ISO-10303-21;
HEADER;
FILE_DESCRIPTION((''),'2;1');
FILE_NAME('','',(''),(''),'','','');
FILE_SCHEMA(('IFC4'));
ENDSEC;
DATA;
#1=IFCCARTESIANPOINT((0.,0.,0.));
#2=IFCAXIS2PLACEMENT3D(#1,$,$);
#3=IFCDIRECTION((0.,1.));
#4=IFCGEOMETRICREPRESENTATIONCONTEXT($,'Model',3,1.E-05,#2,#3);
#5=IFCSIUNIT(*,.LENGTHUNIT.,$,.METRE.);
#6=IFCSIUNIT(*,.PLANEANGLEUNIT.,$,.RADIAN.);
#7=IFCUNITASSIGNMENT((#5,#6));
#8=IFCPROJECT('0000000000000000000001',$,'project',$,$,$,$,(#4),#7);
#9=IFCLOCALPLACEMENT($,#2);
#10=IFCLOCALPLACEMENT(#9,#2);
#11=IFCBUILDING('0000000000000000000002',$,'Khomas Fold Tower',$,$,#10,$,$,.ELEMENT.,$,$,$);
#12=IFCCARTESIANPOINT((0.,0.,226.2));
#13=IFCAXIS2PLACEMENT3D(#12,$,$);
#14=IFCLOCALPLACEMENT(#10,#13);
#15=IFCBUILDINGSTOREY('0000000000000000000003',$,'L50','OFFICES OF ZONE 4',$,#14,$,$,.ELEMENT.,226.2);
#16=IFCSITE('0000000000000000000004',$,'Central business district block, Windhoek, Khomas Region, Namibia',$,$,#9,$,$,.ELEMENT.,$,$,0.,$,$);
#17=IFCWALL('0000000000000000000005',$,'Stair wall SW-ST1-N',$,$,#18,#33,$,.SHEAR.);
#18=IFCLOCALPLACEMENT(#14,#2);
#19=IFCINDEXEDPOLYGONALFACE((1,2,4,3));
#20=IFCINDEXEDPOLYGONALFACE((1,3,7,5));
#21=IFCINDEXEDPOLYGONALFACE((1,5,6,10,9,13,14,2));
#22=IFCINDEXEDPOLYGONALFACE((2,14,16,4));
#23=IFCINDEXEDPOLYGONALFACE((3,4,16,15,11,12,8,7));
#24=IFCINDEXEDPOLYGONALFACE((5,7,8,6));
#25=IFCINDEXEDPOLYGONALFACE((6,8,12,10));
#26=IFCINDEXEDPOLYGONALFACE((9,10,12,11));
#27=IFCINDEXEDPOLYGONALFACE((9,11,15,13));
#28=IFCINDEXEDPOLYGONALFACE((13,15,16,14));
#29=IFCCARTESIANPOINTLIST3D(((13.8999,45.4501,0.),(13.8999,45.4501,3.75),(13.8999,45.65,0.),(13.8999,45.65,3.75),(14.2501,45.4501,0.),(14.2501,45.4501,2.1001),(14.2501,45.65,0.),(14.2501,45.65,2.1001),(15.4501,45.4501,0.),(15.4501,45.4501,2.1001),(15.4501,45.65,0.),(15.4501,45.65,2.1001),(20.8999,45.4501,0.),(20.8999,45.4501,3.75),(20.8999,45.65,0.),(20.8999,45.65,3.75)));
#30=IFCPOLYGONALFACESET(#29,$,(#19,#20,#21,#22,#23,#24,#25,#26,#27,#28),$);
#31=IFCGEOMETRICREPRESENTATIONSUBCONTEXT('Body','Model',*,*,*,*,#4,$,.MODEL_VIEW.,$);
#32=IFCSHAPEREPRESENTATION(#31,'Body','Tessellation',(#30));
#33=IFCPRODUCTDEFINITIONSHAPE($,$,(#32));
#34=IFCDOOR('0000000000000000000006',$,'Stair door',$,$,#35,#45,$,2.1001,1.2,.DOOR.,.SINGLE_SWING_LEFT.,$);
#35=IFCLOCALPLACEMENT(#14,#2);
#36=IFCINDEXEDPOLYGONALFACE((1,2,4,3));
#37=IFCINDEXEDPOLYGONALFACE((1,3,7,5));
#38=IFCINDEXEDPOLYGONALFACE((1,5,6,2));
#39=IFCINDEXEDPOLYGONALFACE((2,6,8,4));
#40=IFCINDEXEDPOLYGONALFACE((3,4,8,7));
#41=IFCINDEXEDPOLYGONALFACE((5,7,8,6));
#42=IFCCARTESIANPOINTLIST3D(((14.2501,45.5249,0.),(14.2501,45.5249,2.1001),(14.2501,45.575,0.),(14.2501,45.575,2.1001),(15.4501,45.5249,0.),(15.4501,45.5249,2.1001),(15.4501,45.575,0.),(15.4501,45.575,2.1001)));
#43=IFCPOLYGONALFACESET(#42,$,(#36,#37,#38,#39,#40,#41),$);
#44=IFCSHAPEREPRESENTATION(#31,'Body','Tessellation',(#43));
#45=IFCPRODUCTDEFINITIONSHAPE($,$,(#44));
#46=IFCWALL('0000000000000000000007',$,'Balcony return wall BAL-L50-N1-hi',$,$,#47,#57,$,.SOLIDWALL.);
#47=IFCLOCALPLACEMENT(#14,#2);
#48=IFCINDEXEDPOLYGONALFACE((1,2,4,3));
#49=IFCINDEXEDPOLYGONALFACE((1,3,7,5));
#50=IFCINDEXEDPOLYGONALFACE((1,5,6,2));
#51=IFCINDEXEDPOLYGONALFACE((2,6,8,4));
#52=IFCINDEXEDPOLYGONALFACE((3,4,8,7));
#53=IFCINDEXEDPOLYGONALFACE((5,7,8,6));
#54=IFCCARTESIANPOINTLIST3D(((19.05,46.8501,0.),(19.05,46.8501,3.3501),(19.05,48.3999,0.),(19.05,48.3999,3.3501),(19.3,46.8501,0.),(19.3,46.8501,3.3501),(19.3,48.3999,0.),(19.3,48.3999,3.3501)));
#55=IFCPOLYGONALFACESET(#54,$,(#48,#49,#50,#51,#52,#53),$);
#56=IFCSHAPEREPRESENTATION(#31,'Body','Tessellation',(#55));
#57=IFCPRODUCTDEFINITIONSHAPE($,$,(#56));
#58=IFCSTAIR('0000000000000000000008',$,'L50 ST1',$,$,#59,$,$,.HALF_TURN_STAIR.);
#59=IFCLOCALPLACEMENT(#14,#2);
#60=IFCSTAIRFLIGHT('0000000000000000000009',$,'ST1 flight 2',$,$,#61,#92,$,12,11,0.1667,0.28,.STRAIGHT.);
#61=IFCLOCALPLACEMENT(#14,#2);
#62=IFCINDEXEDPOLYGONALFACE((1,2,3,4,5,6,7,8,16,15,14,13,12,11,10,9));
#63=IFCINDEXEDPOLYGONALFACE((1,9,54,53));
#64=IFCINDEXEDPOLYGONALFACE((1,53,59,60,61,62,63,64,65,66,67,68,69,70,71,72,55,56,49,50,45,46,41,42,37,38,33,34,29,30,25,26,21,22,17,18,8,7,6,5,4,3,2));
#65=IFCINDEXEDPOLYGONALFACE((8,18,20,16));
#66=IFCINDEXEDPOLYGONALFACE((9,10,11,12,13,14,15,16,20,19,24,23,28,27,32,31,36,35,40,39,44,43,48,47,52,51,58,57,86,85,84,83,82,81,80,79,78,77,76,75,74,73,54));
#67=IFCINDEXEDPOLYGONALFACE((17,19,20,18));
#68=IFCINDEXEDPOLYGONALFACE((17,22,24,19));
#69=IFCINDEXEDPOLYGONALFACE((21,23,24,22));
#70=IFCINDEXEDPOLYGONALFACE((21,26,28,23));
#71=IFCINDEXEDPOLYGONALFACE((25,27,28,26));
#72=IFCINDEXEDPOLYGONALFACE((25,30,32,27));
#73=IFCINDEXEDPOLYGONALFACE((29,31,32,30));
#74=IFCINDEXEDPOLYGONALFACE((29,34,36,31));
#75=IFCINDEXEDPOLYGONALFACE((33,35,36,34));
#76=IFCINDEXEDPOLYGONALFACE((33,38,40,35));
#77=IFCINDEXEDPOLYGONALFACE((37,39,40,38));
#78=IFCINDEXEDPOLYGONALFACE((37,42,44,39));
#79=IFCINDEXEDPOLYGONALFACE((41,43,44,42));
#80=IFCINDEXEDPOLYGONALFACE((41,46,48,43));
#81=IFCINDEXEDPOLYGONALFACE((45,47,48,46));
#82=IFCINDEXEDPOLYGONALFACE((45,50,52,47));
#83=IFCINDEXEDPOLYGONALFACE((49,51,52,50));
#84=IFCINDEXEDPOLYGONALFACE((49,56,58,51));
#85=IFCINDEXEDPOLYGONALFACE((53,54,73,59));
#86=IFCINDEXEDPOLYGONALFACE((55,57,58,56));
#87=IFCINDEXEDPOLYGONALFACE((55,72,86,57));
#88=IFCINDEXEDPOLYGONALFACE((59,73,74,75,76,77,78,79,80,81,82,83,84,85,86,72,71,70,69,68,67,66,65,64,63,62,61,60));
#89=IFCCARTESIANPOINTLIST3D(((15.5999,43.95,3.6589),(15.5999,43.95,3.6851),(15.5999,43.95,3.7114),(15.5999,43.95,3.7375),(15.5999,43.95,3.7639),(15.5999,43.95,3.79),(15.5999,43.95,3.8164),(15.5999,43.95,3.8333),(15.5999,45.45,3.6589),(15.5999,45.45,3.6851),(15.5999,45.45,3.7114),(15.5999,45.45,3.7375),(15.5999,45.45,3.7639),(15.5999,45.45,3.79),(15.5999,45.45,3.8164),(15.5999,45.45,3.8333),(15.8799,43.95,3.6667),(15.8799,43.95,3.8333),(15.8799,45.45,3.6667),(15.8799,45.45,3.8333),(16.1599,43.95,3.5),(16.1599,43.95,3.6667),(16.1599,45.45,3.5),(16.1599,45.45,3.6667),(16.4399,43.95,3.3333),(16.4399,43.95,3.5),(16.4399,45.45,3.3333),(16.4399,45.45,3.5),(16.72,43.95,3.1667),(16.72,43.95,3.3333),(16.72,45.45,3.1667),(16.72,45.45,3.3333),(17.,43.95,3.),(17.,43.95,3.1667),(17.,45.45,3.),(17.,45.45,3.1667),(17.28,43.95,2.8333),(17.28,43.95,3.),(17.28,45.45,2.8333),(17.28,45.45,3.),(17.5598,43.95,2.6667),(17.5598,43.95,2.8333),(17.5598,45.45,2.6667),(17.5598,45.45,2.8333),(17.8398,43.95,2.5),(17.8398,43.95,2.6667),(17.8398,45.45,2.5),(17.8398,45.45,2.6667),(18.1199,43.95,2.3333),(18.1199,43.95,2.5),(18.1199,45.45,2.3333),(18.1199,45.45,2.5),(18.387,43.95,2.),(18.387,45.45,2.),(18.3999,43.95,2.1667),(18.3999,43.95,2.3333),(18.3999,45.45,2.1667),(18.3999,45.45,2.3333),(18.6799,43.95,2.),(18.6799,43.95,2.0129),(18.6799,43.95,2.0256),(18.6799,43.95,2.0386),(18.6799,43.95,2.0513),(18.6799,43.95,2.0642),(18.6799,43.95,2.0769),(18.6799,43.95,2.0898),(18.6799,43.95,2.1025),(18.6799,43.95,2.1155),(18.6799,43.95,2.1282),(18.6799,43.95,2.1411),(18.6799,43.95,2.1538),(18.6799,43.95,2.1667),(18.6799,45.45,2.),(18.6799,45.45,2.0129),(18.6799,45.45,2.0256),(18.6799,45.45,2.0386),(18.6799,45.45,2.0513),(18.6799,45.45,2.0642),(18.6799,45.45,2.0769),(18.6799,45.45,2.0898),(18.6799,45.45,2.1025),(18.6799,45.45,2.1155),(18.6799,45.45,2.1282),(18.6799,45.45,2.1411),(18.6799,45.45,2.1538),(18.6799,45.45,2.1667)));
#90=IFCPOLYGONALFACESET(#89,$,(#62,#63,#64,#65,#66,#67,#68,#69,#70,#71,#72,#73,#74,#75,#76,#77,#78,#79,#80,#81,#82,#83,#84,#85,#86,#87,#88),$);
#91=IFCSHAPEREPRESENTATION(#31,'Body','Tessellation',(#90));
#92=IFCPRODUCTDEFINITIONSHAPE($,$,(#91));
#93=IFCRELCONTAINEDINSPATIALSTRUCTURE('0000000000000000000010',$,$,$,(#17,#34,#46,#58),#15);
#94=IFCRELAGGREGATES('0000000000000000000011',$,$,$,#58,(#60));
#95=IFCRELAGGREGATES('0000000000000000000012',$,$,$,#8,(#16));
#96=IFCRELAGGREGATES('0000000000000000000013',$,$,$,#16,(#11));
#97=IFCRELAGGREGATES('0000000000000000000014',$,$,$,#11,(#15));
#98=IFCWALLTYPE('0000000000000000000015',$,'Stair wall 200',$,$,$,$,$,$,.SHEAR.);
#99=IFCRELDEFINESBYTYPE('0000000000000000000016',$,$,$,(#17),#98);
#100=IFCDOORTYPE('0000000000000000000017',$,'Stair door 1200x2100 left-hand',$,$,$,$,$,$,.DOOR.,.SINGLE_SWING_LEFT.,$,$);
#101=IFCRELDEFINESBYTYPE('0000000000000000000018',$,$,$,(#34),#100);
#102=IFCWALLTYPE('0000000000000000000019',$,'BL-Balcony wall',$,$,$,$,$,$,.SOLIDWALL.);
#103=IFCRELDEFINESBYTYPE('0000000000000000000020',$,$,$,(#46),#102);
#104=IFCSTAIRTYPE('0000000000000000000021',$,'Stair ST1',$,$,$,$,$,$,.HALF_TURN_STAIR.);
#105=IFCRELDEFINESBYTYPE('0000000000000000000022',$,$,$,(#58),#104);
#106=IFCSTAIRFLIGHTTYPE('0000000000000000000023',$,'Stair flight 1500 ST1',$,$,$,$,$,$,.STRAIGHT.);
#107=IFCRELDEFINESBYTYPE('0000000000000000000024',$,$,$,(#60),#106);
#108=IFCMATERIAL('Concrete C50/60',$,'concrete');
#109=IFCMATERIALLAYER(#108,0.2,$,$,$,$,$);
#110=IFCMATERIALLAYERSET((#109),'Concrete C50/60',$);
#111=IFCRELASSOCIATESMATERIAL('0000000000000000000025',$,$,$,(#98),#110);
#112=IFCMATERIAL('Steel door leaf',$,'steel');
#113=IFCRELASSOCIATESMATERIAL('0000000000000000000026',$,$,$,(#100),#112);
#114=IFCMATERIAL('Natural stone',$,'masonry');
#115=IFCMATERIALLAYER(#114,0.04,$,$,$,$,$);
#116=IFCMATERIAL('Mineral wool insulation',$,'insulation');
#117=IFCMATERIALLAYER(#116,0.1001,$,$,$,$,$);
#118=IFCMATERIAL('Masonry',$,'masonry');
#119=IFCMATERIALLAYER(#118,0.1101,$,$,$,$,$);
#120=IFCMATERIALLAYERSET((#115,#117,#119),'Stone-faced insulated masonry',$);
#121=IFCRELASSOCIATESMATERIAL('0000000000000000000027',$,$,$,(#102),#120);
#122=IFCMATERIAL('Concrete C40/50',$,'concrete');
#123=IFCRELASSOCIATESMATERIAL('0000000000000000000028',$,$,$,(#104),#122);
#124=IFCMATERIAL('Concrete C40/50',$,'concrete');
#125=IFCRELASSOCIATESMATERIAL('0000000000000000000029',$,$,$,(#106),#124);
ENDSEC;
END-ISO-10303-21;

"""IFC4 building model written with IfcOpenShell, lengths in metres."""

from ifc_helpers import new_model, si_unit, direction, frame, frame_2d, origin, place, context, subcontext, project, spatial, polyline, rectangle, outline, extrude, source, transform, mapped, material, layer, layer_set, type_object, element, fill, aggregate, save


model = new_model("IFC4")

# Units and contexts
model_context = context("Model", 3, precision=1e-05, world=origin(), true_north=direction((0.0, 1.0)))
body_context = subcontext(model_context, "Body", "Model", "MODEL_VIEW")
ifc_project = project(units=[si_unit("LENGTHUNIT", "METRE"), si_unit("PLANEANGLEUNIT", "RADIAN")], contexts=[model_context])

# Site, building, storey
site_placement = place(None, origin())
site = spatial("IfcSite", under=ifc_project, at=site_placement, Name="Central business district block, Windhoek, Khomas Region, Namibia", CompositionType="ELEMENT", RefElevation=0.0)
building_placement = place(site_placement, origin())
building = spatial("IfcBuilding", under=site, at=building_placement, Name="Khomas Fold Tower", CompositionType="ELEMENT")
storey_placement = place(building_placement, frame((0.0, 0.0, 226.2)))
storey = spatial("IfcBuildingStorey", under=building, at=storey_placement, Name="L50", Description="OFFICES OF ZONE 4", CompositionType="ELEMENT", Elevation=226.2)

# Wall, opening, door
ifc_material_1 = material(Name="Concrete C50/60", Category="concrete")
ifc_layer_1 = layer(ifc_material_1, 0.2)
ifc_layer_set_1 = layer_set([ifc_layer_1], Name="Concrete C50/60")
wall_type_1 = type_object("IfcWallType", Name="Stair wall 200", PredefinedType="SHEAR", material=ifc_layer_set_1)
shared_shape_1 = source(origin(), body_context, "Body", "SweptSolid", [
    extrude(rectangle(XDim=7.0, YDim=0.2, at=frame_2d((3.5, 0.0))), origin(), (0.0, 0.0, 1.0), 3.75),
])
wall_1_placement = place(storey_placement, frame((13.8999, 45.55, 0.0), z_axis=(0.0, 0.0, 1.0), x_axis=(1.0, 0.0, 0.0)))
wall_1 = element("IfcWall", 1, at=wall_1_placement, inside=storey, type_object=wall_type_1, Name="Stair wall SW-ST1-N", PredefinedType="SHEAR", context=body_context, shape_type="MappedRepresentation", body=[
    mapped(shared_shape_1, transform((0.0, 0.0, 0.0))),
])
shared_shape_2 = source(origin(), body_context, "Body", "SweptSolid", [
    extrude(rectangle(XDim=1.2, YDim=2.1001, at=frame_2d((0.6001, 1.05))), frame((0.0, 0.1099, 0.0), z_axis=(0.0, -1.0, 0.0), x_axis=(1.0, 0.0, 0.0)), (0.0, 0.0, 1.0), 0.22),
])
opening_1_placement = place(wall_1_placement, frame((0.3501, 0.0, 0.0)))
opening_1 = element("IfcOpeningElement", 2, at=opening_1_placement, cuts=wall_1, PredefinedType="OPENING", context=body_context, shape_type="MappedRepresentation", body=[
    mapped(shared_shape_2, transform((0.0, 0.0, 0.0))),
])
ifc_material_2 = material(Name="Steel door leaf", Category="steel")
door_type_1 = type_object("IfcDoorType", Name="Stair door 1200x2100 left-hand", OperationType="SINGLE_SWING_LEFT", PredefinedType="DOOR", material=ifc_material_2)
shared_shape_3 = source(origin(), body_context, "Body", "SweptSolid", [
    extrude(rectangle(XDim=1.2, YDim=2.1001, at=frame_2d((0.6001, 1.05))), frame((0.0, 0.0249, 0.0), z_axis=(0.0, -1.0, 0.0), x_axis=(1.0, 0.0, 0.0)), (0.0, 0.0, 1.0), 0.05),
])
door_1_placement = place(opening_1_placement, origin())
door_1 = element("IfcDoor", 3, at=door_1_placement, inside=storey, type_object=door_type_1, Name="Stair door", OperationType="SINGLE_SWING_LEFT", OverallHeight=2.1001, OverallWidth=1.2, PredefinedType="DOOR", context=body_context, shape_type="MappedRepresentation", body=[
    mapped(shared_shape_3, transform((0.0, 0.0, 0.0))),
])
fill(opening_1, door_1)

# Shared definitions
ifc_material_3 = material(Name="Natural stone", Category="masonry")
ifc_layer_2 = layer(ifc_material_3, 0.04)
ifc_material_4 = material(Name="Mineral wool insulation", Category="insulation")
ifc_layer_3 = layer(ifc_material_4, 0.1001)
ifc_material_5 = material(Name="Masonry", Category="masonry")
ifc_layer_4 = layer(ifc_material_5, 0.1101)
ifc_layer_set_2 = layer_set([ifc_layer_2, ifc_layer_3, ifc_layer_4], Name="Stone-faced insulated masonry")
wall_type_2 = type_object("IfcWallType", Name="BL-Balcony wall", PredefinedType="SOLIDWALL", material=ifc_layer_set_2)

# Wall
shared_shape_4 = source(origin(), body_context, "Body", "SweptSolid", [
    extrude(rectangle(XDim=1.5498, YDim=0.25, at=frame_2d((0.7749, 0.0))), origin(), (0.0, 0.0, 1.0), 3.3501),
])
wall_2_placement = place(storey_placement, frame((19.175, 48.3999, 0.0), z_axis=(0.0, 0.0, 1.0), x_axis=(0.0, -1.0, 0.0)))
element("IfcWall", 4, at=wall_2_placement, inside=storey, type_object=wall_type_2, Name="Balcony return wall BAL-L50-N1-hi", PredefinedType="SOLIDWALL", context=body_context, shape_type="MappedRepresentation", body=[
    mapped(shared_shape_4, transform((0.0, 0.0, 0.0))),
])

# Stair, stair flight
ifc_material_6 = material(Name="Concrete C40/50", Category="concrete")
stair_type = type_object("IfcStairType", Name="Stair ST1", PredefinedType="HALF_TURN_STAIR", material=ifc_material_6)
stair_placement = place(storey_placement, origin())
stair = element("IfcStair", 5, at=stair_placement, inside=storey, type_object=stair_type, Name="L50 ST1", PredefinedType="HALF_TURN_STAIR")
ifc_material_7 = material(Name="Concrete C40/50", Category="concrete")
stair_flight_type = type_object("IfcStairFlightType", Name="Stair flight 1500 ST1", PredefinedType="STRAIGHT", material=ifc_material_7)
shared_shape_5 = source(origin(), body_context, "Body", "SweptSolid", [
    extrude(outline(polyline([(0.0, 0.0), (0.0, 0.0129), (0.0, 0.0256), (0.0, 0.0386), (0.0, 0.0513), (0.0, 0.0642), (0.0, 0.0769), (0.0, 0.0898), (0.0, 0.1025), (0.0, 0.1155), (0.0, 0.1282), (0.0, 0.1411), (0.0, 0.1538), (0.0, 0.1667), (0.28, 0.1667), (0.28, 0.3333), (0.5601, 0.3333), (0.5601, 0.5), (0.8401, 0.5), (0.8401, 0.6667), (1.1201, 0.6667), (1.1201, 0.8333), (1.3999, 0.8333), (1.3999, 1.0), (1.6799, 1.0), (1.6799, 1.1667), (1.96, 1.1667), (1.96, 1.3333), (2.24, 1.3333), (2.24, 1.5), (2.52, 1.5), (2.52, 1.6667), (2.8, 1.6667), (2.8, 1.8333), (3.0801, 1.8333), (3.0801, 2.0), (3.0801, 1.9739), (3.0801, 1.9475), (3.0801, 1.9214), (3.0801, 1.895), (3.0801, 1.8689), (3.0801, 1.8425), (3.0801, 1.8164), (3.0801, 1.79), (3.0801, 1.7639), (3.0801, 1.7375), (3.0801, 1.7114), (3.0801, 1.6851), (3.0801, 1.6589), (0.293, 0.0), (0.0, 0.0)])), frame((0.0, 0.75, 0.0), z_axis=(0.0, -1.0, 0.0), x_axis=(1.0, 0.0, 0.0)), (0.0, 0.0, 1.0), 1.5),
])
stair_flight_placement = place(storey_placement, frame((18.6799, 44.7, 2.0), z_axis=(0.0, 0.0, 1.0), x_axis=(-1.0, 0.0, 0.0)))
stair_flight = element("IfcStairFlight", 6, at=stair_flight_placement, type_object=stair_flight_type, Name="ST1 flight 2", NumberOfRisers=12, NumberOfTreads=11, PredefinedType="STRAIGHT", RiserHeight=0.1667, TreadLength=0.28, context=body_context, shape_type="MappedRepresentation", body=[
    mapped(shared_shape_5, transform((0.0, 0.0, 0.0))),
])
aggregate(stair, [stair_flight])

save(model, "model.ifc")
